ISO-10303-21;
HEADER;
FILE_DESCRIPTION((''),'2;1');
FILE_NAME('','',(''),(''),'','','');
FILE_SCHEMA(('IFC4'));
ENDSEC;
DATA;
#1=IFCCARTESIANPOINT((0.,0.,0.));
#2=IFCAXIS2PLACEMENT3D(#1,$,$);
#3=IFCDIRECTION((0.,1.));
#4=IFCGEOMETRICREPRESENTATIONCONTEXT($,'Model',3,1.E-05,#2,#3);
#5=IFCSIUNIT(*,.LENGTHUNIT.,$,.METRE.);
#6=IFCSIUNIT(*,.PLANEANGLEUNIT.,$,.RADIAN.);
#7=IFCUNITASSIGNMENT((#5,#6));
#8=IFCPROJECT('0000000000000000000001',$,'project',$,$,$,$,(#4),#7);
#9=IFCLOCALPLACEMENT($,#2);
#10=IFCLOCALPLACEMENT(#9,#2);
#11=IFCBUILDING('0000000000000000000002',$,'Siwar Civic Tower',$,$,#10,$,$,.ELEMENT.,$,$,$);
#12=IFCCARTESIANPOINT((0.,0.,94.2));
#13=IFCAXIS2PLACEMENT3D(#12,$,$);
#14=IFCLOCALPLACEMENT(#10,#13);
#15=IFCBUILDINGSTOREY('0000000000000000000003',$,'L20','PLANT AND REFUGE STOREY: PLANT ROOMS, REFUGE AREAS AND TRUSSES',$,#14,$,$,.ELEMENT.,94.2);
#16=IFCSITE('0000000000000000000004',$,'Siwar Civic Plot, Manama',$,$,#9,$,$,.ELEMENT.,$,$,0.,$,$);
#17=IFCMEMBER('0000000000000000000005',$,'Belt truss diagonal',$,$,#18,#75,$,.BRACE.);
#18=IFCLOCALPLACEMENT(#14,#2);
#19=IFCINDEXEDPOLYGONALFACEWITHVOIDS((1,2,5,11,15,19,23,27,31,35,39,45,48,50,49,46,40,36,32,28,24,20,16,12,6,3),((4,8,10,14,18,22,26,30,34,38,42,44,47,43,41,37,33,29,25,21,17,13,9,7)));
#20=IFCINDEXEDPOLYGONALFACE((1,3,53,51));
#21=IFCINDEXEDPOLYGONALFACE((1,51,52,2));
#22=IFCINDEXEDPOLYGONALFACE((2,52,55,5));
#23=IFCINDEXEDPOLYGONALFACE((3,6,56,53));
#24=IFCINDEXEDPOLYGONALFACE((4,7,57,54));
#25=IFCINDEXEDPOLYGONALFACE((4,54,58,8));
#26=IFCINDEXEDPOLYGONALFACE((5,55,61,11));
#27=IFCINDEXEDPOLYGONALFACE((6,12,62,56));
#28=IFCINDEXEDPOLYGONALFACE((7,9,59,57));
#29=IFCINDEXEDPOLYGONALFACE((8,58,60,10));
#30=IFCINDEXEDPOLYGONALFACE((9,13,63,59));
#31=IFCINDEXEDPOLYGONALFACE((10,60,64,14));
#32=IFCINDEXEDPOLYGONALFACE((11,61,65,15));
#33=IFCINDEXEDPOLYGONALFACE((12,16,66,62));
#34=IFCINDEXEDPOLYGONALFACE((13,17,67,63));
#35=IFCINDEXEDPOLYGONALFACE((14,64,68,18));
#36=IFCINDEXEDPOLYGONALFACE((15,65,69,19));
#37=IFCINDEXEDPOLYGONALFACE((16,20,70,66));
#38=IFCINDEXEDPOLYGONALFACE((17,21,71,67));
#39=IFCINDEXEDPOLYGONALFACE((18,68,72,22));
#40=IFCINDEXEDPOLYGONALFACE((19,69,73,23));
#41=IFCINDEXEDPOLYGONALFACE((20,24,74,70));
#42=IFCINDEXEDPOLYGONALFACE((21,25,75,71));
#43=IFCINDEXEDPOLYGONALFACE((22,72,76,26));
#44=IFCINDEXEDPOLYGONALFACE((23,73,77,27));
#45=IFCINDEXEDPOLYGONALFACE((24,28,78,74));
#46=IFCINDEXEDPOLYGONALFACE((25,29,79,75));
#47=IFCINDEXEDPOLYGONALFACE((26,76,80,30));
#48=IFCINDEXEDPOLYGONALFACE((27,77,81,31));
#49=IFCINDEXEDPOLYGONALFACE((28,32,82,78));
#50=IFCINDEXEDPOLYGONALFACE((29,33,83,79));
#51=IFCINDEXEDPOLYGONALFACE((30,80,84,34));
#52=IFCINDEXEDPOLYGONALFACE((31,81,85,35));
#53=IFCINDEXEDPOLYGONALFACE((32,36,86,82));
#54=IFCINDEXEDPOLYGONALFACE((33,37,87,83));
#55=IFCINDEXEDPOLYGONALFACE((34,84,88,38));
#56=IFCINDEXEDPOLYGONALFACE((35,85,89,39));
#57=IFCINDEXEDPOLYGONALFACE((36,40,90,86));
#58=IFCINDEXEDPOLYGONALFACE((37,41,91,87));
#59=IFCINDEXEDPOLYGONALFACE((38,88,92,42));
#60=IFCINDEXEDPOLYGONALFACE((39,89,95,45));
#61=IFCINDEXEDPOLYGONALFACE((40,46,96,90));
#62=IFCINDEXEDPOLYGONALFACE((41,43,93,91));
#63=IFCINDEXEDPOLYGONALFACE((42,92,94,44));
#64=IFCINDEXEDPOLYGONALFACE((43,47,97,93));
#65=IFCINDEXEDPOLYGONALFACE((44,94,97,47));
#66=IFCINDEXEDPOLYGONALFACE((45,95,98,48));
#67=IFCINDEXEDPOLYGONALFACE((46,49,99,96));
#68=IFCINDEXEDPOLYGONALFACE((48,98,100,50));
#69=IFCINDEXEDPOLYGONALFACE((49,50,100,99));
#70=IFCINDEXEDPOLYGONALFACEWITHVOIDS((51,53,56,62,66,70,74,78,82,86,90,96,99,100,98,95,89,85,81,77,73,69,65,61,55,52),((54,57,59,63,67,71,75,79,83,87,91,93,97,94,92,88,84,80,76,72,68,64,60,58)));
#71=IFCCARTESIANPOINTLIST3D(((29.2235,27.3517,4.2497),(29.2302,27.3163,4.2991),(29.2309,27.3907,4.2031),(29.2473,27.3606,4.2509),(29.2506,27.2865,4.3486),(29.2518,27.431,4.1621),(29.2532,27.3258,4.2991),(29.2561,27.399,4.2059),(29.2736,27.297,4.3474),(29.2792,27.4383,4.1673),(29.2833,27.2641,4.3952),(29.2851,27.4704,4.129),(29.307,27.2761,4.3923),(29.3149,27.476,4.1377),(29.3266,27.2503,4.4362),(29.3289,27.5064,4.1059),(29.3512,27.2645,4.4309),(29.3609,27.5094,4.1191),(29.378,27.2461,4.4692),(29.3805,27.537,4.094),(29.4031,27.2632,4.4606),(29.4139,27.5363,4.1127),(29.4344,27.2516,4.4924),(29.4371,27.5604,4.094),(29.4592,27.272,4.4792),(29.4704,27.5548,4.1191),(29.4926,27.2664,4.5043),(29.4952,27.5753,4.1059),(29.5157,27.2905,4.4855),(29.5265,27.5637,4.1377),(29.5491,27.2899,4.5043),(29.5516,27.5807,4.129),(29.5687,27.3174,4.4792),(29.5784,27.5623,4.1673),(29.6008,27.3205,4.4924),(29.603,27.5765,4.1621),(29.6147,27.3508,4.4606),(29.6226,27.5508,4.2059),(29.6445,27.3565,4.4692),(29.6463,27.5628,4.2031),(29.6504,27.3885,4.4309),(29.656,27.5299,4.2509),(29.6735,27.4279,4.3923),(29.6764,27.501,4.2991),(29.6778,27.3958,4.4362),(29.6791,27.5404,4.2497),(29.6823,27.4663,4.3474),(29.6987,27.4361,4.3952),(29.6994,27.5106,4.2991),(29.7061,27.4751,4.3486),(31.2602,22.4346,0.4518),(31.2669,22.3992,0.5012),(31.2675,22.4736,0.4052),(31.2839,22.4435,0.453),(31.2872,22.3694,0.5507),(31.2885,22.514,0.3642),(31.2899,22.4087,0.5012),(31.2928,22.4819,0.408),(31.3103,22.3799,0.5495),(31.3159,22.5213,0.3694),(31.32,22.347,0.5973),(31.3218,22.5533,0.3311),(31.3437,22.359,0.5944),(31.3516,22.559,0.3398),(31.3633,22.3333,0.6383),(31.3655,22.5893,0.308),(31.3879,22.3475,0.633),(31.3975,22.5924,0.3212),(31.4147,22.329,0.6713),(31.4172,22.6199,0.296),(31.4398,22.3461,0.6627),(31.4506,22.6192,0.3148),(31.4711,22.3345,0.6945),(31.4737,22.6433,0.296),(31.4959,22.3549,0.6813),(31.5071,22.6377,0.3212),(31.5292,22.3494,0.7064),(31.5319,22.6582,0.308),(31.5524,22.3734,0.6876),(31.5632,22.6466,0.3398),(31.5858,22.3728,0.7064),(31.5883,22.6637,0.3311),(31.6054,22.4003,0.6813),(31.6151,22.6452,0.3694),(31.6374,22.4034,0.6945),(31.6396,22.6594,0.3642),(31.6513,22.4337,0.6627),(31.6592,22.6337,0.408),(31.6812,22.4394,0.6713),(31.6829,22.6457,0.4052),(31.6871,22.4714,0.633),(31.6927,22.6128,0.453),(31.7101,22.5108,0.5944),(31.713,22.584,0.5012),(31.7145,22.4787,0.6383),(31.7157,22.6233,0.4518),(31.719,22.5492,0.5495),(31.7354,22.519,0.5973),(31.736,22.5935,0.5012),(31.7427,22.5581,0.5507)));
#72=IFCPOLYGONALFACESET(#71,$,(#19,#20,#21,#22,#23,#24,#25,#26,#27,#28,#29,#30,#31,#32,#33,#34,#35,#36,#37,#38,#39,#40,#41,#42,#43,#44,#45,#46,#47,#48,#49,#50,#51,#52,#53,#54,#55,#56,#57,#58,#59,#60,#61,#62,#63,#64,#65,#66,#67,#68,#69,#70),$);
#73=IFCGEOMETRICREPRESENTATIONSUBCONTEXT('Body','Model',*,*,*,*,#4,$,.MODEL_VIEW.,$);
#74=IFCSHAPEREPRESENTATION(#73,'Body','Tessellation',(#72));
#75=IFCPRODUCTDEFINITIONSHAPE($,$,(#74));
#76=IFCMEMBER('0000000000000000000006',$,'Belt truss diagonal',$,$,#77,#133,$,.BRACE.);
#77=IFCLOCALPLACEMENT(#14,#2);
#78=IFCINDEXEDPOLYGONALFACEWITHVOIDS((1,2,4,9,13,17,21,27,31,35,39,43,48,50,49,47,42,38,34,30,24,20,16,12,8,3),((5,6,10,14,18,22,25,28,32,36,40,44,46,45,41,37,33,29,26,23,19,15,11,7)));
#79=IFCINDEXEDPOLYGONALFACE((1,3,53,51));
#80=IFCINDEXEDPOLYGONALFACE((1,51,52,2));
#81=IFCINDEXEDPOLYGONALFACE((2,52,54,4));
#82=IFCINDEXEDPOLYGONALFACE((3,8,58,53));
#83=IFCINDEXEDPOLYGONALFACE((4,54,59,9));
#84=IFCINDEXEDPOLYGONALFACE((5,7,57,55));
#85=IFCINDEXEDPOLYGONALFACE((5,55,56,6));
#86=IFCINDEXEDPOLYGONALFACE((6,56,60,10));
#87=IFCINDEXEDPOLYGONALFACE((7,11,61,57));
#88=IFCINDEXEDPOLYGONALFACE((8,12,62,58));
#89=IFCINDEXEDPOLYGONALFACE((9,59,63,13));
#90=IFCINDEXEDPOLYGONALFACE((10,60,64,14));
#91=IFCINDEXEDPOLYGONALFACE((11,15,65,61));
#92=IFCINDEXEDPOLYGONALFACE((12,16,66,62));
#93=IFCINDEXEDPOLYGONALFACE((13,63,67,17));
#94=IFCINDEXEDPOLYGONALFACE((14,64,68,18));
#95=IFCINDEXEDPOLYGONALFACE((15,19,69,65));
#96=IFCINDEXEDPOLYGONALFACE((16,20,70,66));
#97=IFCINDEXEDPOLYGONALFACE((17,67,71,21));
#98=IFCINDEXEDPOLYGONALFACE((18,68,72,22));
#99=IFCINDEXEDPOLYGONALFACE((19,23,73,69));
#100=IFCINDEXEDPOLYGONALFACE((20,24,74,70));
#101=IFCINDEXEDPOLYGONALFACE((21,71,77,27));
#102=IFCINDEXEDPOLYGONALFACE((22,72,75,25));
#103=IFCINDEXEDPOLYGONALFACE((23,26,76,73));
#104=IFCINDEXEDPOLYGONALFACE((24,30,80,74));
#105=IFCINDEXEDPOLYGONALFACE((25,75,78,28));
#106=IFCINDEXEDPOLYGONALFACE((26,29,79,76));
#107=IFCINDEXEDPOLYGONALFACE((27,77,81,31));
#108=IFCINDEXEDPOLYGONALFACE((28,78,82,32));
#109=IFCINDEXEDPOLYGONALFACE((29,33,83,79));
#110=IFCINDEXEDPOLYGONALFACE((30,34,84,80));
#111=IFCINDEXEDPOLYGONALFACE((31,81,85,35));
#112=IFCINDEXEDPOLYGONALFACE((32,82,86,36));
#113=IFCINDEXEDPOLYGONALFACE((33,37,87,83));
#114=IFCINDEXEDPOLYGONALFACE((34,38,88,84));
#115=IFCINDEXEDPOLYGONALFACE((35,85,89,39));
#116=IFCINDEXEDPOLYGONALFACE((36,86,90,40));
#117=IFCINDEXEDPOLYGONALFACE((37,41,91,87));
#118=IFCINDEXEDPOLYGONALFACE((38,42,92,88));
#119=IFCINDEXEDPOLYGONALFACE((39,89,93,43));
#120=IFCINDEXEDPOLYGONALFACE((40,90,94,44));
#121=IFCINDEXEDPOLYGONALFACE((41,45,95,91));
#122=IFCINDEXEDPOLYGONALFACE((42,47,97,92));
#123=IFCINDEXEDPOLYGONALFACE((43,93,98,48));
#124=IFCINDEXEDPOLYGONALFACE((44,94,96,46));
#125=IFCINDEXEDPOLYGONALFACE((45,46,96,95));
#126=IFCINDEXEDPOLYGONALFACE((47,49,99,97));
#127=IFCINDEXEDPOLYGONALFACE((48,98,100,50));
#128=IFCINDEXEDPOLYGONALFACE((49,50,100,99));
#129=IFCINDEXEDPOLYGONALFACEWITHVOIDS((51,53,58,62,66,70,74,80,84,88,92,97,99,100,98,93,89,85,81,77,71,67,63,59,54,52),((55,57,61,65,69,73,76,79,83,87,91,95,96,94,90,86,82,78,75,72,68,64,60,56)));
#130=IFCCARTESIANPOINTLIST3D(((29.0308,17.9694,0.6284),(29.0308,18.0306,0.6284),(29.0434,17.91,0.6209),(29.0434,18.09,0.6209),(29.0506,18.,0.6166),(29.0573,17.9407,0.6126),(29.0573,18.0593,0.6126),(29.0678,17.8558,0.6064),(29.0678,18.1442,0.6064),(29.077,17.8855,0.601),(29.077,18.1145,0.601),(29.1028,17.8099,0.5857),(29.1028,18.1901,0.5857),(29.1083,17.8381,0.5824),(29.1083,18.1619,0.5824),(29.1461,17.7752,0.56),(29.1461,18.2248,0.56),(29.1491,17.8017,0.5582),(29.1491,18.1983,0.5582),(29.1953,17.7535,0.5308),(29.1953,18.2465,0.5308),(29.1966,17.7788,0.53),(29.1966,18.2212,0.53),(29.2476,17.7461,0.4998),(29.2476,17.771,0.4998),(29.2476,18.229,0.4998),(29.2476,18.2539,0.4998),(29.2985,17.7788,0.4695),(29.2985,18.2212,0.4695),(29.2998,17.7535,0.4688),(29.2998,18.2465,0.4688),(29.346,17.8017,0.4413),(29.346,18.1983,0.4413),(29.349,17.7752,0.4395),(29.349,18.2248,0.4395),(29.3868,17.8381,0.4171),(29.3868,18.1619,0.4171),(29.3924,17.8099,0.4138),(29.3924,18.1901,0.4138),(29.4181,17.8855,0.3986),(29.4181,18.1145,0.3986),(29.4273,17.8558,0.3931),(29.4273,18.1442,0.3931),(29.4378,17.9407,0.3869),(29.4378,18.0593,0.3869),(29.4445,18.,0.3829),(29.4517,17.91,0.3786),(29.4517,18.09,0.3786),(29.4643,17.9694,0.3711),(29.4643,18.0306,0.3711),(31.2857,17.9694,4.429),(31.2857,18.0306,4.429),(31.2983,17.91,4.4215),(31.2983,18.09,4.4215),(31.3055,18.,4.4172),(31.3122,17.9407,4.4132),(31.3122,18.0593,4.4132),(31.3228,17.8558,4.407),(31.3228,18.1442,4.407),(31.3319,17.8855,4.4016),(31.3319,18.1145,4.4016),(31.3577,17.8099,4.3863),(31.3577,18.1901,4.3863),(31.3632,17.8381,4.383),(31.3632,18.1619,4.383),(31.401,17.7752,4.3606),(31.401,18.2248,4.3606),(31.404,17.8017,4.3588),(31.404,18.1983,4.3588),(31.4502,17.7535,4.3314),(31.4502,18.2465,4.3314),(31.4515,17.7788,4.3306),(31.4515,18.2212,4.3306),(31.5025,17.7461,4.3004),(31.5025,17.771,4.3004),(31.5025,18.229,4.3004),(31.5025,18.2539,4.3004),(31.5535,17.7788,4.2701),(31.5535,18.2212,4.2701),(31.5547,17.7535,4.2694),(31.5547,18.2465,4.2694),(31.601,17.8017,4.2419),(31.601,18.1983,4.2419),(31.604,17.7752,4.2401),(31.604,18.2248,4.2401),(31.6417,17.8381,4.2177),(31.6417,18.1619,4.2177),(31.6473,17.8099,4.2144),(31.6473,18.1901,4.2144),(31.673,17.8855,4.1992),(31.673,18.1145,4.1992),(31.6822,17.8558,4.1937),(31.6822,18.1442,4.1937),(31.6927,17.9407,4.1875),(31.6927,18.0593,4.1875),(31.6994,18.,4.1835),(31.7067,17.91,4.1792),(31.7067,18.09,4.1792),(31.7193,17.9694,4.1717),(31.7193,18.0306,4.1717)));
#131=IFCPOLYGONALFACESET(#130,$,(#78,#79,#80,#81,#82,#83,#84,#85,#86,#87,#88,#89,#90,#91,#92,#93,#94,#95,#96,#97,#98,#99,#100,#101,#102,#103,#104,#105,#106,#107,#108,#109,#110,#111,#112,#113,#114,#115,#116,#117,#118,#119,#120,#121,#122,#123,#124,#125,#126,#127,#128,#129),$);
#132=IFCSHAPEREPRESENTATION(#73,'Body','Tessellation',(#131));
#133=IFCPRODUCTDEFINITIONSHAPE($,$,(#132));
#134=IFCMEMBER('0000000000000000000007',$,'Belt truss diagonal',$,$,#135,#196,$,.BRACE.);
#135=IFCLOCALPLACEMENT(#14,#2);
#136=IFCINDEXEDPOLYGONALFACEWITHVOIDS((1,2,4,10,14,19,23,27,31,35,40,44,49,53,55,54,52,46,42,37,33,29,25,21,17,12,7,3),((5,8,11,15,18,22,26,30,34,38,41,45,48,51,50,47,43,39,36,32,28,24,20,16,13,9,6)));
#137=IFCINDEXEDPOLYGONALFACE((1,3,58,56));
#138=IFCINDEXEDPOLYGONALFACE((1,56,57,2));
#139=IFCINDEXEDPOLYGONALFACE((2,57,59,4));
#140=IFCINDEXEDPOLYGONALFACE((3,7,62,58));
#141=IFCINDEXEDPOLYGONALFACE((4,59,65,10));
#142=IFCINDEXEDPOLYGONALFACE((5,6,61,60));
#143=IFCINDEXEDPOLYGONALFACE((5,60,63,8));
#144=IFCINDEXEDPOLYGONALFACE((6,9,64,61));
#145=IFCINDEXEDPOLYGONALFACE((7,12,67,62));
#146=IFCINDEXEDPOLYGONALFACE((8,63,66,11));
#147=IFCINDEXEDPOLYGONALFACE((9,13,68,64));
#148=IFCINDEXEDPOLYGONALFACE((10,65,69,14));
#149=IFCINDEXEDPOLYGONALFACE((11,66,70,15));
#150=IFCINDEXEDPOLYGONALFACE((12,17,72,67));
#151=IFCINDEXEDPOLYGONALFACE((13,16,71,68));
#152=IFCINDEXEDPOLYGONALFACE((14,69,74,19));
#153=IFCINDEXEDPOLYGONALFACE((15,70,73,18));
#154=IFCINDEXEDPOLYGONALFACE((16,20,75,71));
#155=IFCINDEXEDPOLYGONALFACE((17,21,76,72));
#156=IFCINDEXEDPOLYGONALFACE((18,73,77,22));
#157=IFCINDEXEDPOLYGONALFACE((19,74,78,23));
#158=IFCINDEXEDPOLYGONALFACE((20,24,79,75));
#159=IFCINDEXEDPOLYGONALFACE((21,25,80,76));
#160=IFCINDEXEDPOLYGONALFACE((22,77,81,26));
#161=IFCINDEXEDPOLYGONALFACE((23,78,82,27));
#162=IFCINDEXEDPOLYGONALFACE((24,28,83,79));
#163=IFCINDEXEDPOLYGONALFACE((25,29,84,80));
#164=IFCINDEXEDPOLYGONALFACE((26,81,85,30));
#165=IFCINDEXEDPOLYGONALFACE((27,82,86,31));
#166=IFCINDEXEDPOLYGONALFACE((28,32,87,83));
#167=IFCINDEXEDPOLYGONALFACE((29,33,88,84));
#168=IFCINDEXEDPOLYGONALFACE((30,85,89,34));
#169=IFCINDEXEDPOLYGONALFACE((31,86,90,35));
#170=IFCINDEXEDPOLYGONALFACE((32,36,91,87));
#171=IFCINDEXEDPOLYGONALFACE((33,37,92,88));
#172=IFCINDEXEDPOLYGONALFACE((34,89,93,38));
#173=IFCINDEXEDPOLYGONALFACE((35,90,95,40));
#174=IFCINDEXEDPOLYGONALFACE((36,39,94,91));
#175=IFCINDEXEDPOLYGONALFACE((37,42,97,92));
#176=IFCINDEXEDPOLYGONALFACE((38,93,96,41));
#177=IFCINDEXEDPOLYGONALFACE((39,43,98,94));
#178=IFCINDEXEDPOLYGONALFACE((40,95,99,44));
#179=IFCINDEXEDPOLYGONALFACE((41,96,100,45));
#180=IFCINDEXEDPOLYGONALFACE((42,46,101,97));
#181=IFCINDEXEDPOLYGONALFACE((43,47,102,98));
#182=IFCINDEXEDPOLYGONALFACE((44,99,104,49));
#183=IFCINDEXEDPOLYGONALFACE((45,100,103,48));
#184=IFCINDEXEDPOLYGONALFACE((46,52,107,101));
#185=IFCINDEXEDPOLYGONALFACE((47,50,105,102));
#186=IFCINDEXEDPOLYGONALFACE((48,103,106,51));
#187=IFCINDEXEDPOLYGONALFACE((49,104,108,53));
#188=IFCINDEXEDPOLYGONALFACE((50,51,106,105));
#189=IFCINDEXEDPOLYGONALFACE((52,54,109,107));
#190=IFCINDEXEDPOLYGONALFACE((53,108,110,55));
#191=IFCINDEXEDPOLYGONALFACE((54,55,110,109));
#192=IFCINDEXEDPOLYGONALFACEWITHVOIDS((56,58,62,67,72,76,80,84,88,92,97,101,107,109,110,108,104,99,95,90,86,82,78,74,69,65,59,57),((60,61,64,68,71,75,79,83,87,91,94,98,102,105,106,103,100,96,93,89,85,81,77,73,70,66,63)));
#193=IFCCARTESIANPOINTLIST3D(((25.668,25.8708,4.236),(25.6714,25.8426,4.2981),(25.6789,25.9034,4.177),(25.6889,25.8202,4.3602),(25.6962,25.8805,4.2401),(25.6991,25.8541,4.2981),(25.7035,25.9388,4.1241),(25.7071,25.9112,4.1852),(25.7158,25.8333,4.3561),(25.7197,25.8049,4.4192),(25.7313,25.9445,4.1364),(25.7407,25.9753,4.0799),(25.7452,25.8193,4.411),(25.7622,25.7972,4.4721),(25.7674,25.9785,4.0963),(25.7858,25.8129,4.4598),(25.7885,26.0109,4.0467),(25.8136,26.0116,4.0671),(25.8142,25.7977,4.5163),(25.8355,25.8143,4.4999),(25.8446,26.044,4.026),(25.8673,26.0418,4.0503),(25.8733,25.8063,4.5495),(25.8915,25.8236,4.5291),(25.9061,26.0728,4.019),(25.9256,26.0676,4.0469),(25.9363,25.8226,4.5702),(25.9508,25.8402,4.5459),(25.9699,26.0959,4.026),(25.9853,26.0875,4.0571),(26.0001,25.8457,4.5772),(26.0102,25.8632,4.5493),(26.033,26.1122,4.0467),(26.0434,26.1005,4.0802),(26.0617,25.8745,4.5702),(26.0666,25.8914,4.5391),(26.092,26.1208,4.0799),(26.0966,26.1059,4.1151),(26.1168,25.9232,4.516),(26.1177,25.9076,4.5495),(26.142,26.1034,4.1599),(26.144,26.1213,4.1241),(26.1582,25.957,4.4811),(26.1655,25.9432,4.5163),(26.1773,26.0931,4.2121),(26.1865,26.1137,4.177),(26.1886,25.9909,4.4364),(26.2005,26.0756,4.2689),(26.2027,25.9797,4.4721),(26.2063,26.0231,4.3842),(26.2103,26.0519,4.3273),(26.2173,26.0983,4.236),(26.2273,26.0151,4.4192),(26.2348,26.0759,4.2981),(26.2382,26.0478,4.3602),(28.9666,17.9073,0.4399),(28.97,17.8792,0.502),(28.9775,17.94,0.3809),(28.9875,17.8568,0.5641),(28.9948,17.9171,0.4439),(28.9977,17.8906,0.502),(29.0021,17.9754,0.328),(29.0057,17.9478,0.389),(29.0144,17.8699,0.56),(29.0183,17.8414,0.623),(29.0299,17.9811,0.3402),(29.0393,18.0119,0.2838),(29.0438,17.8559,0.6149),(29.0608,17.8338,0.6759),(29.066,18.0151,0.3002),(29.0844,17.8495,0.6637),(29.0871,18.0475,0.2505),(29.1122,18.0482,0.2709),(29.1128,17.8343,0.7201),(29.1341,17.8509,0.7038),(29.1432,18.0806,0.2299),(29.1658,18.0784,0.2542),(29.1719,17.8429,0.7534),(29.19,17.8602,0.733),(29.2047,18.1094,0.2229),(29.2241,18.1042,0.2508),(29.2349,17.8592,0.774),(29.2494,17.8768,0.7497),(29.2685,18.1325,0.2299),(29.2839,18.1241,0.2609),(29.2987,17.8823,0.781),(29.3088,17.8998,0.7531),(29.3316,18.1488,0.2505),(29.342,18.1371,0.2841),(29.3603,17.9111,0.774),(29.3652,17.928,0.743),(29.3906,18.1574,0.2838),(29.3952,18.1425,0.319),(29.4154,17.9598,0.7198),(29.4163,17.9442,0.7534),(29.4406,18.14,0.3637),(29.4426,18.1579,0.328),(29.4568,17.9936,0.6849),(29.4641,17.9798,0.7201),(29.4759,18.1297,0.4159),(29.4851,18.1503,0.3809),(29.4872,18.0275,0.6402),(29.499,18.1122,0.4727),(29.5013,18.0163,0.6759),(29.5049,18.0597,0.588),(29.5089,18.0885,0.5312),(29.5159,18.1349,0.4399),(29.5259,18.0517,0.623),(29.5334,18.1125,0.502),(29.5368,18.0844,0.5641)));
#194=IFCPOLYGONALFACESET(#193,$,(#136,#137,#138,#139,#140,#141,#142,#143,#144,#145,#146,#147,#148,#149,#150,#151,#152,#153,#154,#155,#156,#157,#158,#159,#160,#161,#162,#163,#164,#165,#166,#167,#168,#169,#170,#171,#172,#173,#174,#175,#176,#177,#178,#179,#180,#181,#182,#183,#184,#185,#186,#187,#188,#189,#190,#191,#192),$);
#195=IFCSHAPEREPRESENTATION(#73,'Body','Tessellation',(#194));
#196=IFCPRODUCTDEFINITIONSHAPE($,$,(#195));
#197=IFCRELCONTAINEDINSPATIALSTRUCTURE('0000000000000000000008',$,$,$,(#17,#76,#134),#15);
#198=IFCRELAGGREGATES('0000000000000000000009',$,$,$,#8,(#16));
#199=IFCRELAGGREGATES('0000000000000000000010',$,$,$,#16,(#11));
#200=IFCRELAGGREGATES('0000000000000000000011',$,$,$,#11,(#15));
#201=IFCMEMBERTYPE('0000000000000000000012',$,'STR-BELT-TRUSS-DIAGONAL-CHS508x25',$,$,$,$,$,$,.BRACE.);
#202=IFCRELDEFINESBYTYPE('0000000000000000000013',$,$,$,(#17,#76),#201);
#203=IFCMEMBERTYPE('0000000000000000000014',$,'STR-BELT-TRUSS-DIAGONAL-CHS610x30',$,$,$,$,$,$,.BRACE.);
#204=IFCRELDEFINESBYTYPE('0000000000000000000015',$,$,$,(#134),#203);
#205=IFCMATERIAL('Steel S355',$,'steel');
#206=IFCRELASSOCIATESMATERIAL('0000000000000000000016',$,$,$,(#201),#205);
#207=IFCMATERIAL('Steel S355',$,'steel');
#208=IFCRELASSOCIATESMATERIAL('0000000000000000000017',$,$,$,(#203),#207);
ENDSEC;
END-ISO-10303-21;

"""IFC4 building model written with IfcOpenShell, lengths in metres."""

from ifc_helpers import new_model, si_unit, direction, frame, origin, origin_2d, place, context, subcontext, project, spatial, hollow_circle, extrude, material, material_profile, profile_set, type_object, element, save


model = new_model("IFC4")

# Units and contexts
model_context = context("Model", 3, precision=1e-05, world=origin(), true_north=direction((0.0, 1.0)))
body_context = subcontext(model_context, "Body", "Model", "MODEL_VIEW")
ifc_project = project(units=[si_unit("LENGTHUNIT", "METRE"), si_unit("PLANEANGLEUNIT", "RADIAN")], contexts=[model_context])

# Site, building, storey
site_placement = place(None, origin())
site = spatial("IfcSite", under=ifc_project, at=site_placement, Name="Siwar Civic Plot, Manama", CompositionType="ELEMENT", RefElevation=0.0)
building_placement = place(site_placement, origin())
building = spatial("IfcBuilding", under=site, at=building_placement, Name="Siwar Civic Tower", CompositionType="ELEMENT")
storey_placement = place(building_placement, frame((0.0, 0.0, 94.2)))
storey = spatial("IfcBuildingStorey", under=building, at=storey_placement, Name="L20", Description="PLANT AND REFUGE STOREY: PLANT ROOMS, REFUGE AREAS AND TRUSSES", CompositionType="ELEMENT", Elevation=94.2)

# Members
ifc_material_1 = material(Name="Steel S355", Category="steel")
ifc_material_profile_1 = material_profile(ifc_material_1, hollow_circle(Radius=0.2539, WallThickness=0.0249, at=origin_2d()), Name="CHS508x25")
ifc_profile_set_1 = profile_set([ifc_material_profile_1], Name="Steel S355")
member_type_1 = type_object("IfcMemberType", Name="STR-BELT-TRUSS-DIAGONAL-CHS508x25", PredefinedType="BRACE", material=ifc_profile_set_1)
member_1_placement = place(storey_placement, frame((31.5015, 22.4963, 0.5012), z_axis=(-0.311495, 0.752038, 0.580869), x_axis=(-0.923884, -0.382673, 0.0)))
element("IfcMember", 1, at=member_1_placement, inside=storey, type_object=member_type_1, Name="Belt truss diagonal", PredefinedType="BRACE", context=body_context, shape_type="SweptSolid", body=[
    extrude(hollow_circle(Radius=0.2539, WallThickness=0.0249, at=origin_2d()), origin(), (0.0, 0.0, 1.0), 6.5383),
])
member_2_placement = place(storey_placement, frame((29.2476, 18.0, 0.4998), z_axis=(0.510257, 0.0, 0.860022), x_axis=(0.0, 1.0, 0.0)))
element("IfcMember", 2, at=member_2_placement, inside=storey, type_object=member_type_1, Name="Belt truss diagonal", PredefinedType="BRACE", context=body_context, shape_type="SweptSolid", body=[
    extrude(hollow_circle(Radius=0.2539, WallThickness=0.0249, at=origin_2d()), origin(), (0.0, 0.0, 1.0), 4.4192),
])
ifc_material_2 = material(Name="Steel S355", Category="steel")
ifc_material_profile_2 = material_profile(ifc_material_2, hollow_circle(Radius=0.3049, WallThickness=0.03, at=origin_2d()), Name="CHS610x30")
ifc_profile_set_2 = profile_set([ifc_material_profile_2], Name="Steel S355")
member_type_2 = type_object("IfcMemberType", Name="STR-BELT-TRUSS-DIAGONAL-CHS610x30", PredefinedType="BRACE", material=ifc_profile_set_2)
member_3_placement = place(storey_placement, frame((29.2517, 17.9958, 0.502), z_axis=(-0.350227, 0.845511, 0.403055), x_axis=(-0.923878, -0.382688, 0.0)))
element("IfcMember", 3, at=member_3_placement, inside=storey, type_object=member_type_2, Name="Belt truss diagonal", PredefinedType="BRACE", context=body_context, shape_type="SweptSolid", body=[
    extrude(hollow_circle(Radius=0.3049, WallThickness=0.03, at=origin_2d()), origin(), (0.0, 0.0, 1.0), 9.4185),
])

save(model, "model.ifc")
